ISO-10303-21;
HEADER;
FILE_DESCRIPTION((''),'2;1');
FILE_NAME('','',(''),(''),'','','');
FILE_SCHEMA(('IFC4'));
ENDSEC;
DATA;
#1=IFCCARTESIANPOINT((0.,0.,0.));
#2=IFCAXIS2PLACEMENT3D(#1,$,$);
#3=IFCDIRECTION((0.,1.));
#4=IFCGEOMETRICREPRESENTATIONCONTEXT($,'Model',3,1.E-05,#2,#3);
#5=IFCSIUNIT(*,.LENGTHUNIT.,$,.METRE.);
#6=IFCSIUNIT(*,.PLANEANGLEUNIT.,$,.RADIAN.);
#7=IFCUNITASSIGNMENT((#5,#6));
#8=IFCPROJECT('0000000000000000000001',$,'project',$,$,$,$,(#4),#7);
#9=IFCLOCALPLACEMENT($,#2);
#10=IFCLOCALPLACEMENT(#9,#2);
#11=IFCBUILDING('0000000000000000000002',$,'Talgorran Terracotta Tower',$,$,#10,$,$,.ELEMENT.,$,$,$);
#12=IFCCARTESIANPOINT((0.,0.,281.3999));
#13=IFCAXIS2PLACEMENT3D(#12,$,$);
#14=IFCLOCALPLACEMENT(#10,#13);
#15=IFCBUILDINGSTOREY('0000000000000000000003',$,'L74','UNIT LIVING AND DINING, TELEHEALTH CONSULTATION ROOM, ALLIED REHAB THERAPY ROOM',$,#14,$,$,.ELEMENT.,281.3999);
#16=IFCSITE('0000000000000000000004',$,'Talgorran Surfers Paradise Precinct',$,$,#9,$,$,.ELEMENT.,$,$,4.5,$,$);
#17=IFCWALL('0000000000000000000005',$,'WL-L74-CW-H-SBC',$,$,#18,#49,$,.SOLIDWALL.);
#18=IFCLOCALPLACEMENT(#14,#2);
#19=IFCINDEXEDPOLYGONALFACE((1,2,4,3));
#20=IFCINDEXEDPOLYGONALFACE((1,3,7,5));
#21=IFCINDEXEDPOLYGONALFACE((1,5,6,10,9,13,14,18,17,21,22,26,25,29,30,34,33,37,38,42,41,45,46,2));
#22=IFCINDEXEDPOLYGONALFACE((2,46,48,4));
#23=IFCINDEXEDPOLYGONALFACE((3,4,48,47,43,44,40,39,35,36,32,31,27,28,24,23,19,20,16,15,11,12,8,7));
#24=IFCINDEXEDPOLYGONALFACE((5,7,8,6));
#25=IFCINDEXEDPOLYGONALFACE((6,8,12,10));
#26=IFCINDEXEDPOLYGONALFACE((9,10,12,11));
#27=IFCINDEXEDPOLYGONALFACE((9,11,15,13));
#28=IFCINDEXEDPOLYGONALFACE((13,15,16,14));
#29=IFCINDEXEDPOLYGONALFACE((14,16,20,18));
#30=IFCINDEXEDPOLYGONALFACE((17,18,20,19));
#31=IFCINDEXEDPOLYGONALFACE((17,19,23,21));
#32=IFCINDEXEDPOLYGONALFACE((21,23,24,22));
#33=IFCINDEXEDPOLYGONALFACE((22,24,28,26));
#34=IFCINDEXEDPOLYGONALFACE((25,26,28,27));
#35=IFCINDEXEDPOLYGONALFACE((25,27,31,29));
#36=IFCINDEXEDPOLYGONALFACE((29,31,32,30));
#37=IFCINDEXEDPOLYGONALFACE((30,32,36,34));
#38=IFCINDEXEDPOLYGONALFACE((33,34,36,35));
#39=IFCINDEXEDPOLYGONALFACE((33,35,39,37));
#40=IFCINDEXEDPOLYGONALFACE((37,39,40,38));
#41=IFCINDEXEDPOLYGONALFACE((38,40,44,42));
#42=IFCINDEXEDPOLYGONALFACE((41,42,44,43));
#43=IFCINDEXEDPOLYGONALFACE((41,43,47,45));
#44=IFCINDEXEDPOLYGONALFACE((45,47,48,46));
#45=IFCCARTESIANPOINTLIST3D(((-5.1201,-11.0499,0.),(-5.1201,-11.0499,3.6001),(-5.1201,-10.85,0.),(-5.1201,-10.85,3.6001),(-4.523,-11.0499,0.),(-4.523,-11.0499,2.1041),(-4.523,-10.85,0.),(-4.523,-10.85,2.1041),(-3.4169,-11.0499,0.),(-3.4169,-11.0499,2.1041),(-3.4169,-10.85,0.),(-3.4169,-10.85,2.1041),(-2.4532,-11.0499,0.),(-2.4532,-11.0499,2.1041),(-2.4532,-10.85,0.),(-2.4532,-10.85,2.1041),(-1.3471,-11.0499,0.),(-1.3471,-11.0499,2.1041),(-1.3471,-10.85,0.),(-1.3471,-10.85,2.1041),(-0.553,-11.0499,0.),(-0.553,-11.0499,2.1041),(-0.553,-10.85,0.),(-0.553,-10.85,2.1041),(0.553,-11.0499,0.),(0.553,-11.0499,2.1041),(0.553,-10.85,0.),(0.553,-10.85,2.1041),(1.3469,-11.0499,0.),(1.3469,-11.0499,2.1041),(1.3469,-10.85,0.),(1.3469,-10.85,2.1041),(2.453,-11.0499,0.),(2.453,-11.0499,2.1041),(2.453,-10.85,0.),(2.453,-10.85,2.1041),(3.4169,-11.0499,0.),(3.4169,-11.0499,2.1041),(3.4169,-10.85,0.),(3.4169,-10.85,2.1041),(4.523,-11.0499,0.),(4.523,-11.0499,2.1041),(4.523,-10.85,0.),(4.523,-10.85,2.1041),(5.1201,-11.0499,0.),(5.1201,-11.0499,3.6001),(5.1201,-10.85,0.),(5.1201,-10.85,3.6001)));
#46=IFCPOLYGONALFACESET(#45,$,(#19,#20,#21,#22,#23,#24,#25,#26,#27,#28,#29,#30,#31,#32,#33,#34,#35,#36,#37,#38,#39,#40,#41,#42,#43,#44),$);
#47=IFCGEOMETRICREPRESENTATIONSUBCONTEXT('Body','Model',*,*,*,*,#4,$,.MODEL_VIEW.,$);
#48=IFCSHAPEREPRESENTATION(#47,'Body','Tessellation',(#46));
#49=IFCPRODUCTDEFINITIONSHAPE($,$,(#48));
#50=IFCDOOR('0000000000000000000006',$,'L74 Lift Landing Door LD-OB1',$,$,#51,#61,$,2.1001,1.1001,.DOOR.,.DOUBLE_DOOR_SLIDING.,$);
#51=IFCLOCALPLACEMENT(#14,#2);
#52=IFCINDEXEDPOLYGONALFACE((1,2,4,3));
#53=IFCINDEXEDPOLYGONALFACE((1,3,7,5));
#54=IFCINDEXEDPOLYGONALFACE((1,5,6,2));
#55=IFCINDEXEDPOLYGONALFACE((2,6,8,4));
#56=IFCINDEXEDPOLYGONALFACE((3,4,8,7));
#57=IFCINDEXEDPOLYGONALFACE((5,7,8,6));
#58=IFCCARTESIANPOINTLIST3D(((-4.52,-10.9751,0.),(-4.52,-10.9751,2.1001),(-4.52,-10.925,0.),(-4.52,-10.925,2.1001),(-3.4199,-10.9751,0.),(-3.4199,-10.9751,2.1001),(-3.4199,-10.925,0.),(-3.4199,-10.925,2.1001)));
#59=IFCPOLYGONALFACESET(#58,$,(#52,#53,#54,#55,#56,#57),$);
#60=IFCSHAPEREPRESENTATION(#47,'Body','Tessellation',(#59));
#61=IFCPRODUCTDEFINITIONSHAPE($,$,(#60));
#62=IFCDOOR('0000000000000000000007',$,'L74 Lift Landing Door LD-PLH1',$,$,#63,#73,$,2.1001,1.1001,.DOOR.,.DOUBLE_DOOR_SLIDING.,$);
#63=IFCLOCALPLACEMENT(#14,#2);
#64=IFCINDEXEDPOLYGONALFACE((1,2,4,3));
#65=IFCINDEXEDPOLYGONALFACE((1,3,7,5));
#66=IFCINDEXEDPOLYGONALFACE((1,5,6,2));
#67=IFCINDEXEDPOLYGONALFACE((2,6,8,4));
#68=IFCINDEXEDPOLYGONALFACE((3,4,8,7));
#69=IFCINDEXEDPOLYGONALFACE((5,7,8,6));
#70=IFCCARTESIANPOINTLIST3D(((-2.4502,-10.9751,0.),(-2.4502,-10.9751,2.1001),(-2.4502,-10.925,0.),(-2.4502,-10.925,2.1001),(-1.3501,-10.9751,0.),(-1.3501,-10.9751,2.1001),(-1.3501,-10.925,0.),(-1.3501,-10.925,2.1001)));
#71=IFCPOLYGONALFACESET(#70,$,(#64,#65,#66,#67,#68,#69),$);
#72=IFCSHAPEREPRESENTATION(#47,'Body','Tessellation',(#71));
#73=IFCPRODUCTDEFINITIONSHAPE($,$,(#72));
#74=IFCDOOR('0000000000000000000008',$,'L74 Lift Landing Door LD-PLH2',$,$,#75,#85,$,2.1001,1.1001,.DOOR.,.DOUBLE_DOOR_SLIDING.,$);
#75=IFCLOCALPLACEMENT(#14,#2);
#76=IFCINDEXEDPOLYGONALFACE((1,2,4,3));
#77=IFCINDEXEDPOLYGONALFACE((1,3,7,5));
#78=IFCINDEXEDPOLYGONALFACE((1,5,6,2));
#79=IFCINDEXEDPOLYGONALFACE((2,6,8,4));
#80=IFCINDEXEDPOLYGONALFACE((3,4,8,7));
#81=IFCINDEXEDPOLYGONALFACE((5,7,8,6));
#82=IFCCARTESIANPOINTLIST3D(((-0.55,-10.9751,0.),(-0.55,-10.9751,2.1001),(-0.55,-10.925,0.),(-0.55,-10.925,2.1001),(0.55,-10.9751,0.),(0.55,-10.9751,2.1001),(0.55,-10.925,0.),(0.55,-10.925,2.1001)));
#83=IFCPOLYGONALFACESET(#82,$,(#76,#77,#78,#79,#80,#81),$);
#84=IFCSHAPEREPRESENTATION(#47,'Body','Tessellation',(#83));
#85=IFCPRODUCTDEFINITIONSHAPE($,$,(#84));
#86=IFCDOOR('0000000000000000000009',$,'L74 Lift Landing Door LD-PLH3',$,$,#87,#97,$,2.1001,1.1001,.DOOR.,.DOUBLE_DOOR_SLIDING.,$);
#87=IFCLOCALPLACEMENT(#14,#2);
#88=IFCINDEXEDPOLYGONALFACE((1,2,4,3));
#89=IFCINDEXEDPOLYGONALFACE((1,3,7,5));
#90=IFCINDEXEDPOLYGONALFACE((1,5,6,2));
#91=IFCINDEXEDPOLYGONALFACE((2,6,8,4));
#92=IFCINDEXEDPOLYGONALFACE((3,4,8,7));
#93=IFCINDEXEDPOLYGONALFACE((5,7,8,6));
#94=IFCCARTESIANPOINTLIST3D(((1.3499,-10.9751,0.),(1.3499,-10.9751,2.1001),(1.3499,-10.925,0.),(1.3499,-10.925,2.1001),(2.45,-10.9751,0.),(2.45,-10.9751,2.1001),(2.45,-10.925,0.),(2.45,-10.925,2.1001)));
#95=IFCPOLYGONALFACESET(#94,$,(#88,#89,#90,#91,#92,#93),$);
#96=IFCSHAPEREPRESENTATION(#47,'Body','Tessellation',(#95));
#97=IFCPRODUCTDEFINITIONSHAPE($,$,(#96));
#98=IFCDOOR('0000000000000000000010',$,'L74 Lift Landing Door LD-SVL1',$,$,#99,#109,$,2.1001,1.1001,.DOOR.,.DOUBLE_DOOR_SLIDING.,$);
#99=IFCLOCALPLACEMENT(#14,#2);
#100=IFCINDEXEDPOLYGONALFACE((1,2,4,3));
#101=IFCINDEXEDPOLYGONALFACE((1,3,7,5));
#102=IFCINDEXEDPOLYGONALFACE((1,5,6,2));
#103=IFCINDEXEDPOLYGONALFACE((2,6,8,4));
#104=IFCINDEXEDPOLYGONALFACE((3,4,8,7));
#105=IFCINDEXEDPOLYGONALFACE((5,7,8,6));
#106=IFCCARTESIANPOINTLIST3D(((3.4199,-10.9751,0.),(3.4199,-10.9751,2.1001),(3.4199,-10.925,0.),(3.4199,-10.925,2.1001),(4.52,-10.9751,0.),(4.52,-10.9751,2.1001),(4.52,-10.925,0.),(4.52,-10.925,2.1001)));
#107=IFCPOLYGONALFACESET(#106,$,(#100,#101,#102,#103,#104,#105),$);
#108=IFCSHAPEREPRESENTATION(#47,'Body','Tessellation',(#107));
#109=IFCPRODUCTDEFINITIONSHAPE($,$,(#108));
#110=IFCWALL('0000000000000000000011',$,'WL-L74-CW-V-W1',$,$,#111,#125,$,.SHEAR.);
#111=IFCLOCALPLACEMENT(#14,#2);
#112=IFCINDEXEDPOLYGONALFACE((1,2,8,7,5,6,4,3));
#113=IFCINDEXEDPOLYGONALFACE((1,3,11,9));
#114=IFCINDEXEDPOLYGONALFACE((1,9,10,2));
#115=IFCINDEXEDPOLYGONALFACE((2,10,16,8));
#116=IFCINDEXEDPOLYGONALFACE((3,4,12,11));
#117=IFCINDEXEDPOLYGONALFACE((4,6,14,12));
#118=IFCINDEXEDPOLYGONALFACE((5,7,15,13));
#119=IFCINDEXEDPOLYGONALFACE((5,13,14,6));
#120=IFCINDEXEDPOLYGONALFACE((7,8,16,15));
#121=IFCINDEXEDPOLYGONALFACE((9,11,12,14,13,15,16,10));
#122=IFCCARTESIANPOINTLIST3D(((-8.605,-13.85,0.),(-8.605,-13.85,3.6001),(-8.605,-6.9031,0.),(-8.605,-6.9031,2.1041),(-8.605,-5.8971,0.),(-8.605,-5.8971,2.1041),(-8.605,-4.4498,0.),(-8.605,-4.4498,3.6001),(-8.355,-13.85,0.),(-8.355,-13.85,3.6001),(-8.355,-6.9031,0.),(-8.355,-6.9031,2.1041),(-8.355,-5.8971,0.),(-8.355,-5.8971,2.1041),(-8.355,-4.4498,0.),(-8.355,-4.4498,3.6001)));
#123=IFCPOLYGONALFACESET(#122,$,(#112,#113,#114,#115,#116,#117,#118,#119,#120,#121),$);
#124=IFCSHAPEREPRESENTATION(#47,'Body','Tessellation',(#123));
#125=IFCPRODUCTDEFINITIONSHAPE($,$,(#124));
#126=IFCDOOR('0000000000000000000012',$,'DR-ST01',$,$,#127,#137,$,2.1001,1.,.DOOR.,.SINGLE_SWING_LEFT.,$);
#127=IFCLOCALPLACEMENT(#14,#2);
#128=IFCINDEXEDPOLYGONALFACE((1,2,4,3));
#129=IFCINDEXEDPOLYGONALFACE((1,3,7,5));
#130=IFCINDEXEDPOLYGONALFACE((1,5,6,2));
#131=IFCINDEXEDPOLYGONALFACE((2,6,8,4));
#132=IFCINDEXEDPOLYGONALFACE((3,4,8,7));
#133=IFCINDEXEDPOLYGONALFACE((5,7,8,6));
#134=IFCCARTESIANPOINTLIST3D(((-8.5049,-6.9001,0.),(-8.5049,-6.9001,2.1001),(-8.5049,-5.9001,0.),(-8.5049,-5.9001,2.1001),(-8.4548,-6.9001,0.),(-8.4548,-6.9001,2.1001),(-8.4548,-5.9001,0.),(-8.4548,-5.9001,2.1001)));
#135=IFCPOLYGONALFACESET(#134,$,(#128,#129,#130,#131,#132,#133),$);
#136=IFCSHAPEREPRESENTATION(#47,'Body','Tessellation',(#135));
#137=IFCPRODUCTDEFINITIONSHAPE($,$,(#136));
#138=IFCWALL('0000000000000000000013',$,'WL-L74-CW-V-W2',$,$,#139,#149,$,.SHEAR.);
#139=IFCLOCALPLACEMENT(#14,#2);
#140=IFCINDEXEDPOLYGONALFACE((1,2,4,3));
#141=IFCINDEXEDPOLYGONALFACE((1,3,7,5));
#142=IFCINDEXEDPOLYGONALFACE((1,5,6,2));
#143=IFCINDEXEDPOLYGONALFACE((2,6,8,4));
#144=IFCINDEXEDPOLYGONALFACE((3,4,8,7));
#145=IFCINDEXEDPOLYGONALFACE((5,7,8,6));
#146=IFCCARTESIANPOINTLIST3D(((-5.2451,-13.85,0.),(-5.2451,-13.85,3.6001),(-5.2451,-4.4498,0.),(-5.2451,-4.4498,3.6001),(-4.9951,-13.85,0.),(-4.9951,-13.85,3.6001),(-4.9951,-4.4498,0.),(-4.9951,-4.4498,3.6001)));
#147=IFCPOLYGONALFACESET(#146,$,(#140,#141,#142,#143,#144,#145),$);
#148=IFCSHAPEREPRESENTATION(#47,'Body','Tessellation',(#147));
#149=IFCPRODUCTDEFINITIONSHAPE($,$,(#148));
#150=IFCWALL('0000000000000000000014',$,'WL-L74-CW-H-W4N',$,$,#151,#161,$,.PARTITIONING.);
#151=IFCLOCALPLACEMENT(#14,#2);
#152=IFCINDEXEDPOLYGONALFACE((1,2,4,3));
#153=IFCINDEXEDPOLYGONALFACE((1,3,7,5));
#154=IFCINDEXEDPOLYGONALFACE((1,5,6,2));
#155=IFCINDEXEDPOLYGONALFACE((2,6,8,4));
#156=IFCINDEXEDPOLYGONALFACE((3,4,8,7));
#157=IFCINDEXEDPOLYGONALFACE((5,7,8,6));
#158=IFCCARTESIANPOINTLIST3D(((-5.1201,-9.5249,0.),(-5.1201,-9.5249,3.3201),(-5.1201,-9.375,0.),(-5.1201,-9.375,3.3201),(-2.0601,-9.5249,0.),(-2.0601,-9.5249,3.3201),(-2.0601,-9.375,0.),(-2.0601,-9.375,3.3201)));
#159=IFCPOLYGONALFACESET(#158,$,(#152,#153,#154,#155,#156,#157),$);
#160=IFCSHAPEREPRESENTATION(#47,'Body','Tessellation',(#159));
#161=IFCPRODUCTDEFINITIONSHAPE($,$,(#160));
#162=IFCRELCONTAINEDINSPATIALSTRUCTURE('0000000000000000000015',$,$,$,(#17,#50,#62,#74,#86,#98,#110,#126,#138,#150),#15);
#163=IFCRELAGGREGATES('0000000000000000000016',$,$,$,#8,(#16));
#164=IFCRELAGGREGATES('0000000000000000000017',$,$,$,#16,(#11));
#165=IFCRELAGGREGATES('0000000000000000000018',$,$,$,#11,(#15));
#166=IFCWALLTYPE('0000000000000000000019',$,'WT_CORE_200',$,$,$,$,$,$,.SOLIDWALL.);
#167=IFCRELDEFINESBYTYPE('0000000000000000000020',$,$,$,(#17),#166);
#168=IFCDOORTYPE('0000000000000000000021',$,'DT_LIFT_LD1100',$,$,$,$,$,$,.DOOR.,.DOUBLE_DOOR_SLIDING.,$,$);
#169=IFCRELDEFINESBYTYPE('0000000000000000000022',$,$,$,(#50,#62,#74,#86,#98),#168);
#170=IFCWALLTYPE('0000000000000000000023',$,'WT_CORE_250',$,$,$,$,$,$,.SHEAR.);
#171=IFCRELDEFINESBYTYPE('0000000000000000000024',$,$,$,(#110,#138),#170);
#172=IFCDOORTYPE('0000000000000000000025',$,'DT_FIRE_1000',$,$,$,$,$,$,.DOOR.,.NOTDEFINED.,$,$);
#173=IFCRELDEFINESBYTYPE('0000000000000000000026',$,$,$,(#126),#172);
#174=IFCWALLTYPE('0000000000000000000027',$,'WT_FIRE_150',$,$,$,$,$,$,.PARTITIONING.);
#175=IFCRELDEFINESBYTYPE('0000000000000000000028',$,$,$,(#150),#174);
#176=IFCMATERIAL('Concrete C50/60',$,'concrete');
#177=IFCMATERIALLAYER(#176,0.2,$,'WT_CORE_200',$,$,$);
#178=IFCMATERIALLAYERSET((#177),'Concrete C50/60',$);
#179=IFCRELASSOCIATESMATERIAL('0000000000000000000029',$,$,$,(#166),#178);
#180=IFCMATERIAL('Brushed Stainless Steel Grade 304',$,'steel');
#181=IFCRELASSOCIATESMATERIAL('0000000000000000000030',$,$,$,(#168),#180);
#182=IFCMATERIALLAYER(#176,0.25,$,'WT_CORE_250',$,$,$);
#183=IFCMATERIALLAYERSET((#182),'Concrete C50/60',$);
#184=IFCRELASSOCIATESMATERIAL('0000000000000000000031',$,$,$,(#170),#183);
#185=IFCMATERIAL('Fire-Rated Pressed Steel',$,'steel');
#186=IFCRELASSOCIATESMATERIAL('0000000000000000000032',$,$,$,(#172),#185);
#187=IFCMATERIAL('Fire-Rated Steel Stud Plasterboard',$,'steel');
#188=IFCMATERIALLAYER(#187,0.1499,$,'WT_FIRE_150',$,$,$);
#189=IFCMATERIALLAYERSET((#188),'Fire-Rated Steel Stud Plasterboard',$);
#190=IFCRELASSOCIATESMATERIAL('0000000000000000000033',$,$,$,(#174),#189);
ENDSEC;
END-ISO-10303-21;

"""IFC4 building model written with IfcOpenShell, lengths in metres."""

from ifc_helpers import new_model, si_unit, direction, frame, frame_2d, origin, place, context, subcontext, project, spatial, rectangle, extrude, material, layer, layer_set, type_object, element, fill, save


model = new_model("IFC4")

# Units and contexts
model_context = context("Model", 3, precision=1e-05, world=origin(), true_north=direction((0.0, 1.0)))
body_context = subcontext(model_context, "Body", "Model", "MODEL_VIEW")
ifc_project = project(units=[si_unit("LENGTHUNIT", "METRE"), si_unit("PLANEANGLEUNIT", "RADIAN")], contexts=[model_context])

# Site, building, storey
site_placement = place(None, origin())
site = spatial("IfcSite", under=ifc_project, at=site_placement, Name="Talgorran Surfers Paradise Precinct", CompositionType="ELEMENT", RefElevation=4.5)
building_placement = place(site_placement, origin())
building = spatial("IfcBuilding", under=site, at=building_placement, Name="Talgorran Terracotta Tower", CompositionType="ELEMENT")
storey_placement = place(building_placement, frame((0.0, 0.0, 281.3999)))
storey = spatial("IfcBuildingStorey", under=building, at=storey_placement, Name="L74", Description="UNIT LIVING AND DINING, TELEHEALTH CONSULTATION ROOM, ALLIED REHAB THERAPY ROOM", CompositionType="ELEMENT", Elevation=281.3999)

# Shared definitions
ifc_material_1 = material(Name="Concrete C50/60", Category="concrete")

# Wall, openings, doors
ifc_layer_1 = layer(ifc_material_1, 0.2, Name="WT_CORE_200")
ifc_layer_set_1 = layer_set([ifc_layer_1], Name="Concrete C50/60")
wall_type_1 = type_object("IfcWallType", Name="WT_CORE_200", PredefinedType="SOLIDWALL", material=ifc_layer_set_1)
ifc_material_2 = material(Name="Brushed Stainless Steel Grade 304", Category="steel")
door_type_1 = type_object("IfcDoorType", Name="DT_LIFT_LD1100", OperationType="DOUBLE_DOOR_SLIDING", PredefinedType="DOOR", material=ifc_material_2)
ifc_material_3 = material(Name="Fire-Rated Pressed Steel", Category="steel")
wall_1_placement = place(storey_placement, frame((-5.1201, -10.95, 0.0), z_axis=(0.0, 0.0, 1.0), x_axis=(1.0, 0.0, 0.0)))
wall_1 = element("IfcWall", 1, at=wall_1_placement, inside=storey, type_object=wall_type_1, Name="WL-L74-CW-H-SBC", PredefinedType="SOLIDWALL", context=body_context, shape_type="SweptSolid", body=[
    extrude(rectangle(XDim=10.2402, YDim=0.2, at=frame_2d((5.1201, 0.0))), origin(), (0.0, 0.0, 1.0), 3.6001),
])
opening_1_placement = place(wall_1_placement, frame((0.6001, 0.0, 0.0)))
opening_1 = element("IfcOpeningElement", 2, at=opening_1_placement, cuts=wall_1, PredefinedType="OPENING", context=body_context, shape_type="SweptSolid", body=[
    extrude(rectangle(XDim=1.1061, YDim=2.1041, at=frame_2d((0.55, 1.052))), frame((0.0, 0.1099, 0.0), z_axis=(0.0, -1.0, 0.0), x_axis=(1.0, 0.0, 0.0)), (0.0, 0.0, 1.0), 0.22),
])
opening_2_placement = place(wall_1_placement, frame((2.6699, 0.0, 0.0)))
opening_2 = element("IfcOpeningElement", 3, at=opening_2_placement, cuts=wall_1, PredefinedType="OPENING", context=body_context, shape_type="SweptSolid", body=[
    extrude(rectangle(XDim=1.1061, YDim=2.1041, at=frame_2d((0.55, 1.052))), frame((0.0, 0.1099, 0.0), z_axis=(0.0, -1.0, 0.0), x_axis=(1.0, 0.0, 0.0)), (0.0, 0.0, 1.0), 0.22),
])
opening_3_placement = place(wall_1_placement, frame((4.5701, 0.0, 0.0)))
opening_3 = element("IfcOpeningElement", 4, at=opening_3_placement, cuts=wall_1, PredefinedType="OPENING", context=body_context, shape_type="SweptSolid", body=[
    extrude(rectangle(XDim=1.1061, YDim=2.1041, at=frame_2d((0.55, 1.052))), frame((0.0, 0.1099, 0.0), z_axis=(0.0, -1.0, 0.0), x_axis=(1.0, 0.0, 0.0)), (0.0, 0.0, 1.0), 0.22),
])
opening_4_placement = place(wall_1_placement, frame((6.47, 0.0, 0.0)))
opening_4 = element("IfcOpeningElement", 5, at=opening_4_placement, cuts=wall_1, PredefinedType="OPENING", context=body_context, shape_type="SweptSolid", body=[
    extrude(rectangle(XDim=1.1061, YDim=2.1041, at=frame_2d((0.55, 1.052))), frame((0.0, 0.1099, 0.0), z_axis=(0.0, -1.0, 0.0), x_axis=(1.0, 0.0, 0.0)), (0.0, 0.0, 1.0), 0.22),
])
opening_5_placement = place(wall_1_placement, frame((8.54, 0.0, 0.0)))
opening_5 = element("IfcOpeningElement", 6, at=opening_5_placement, cuts=wall_1, PredefinedType="OPENING", context=body_context, shape_type="SweptSolid", body=[
    extrude(rectangle(XDim=1.1061, YDim=2.1041, at=frame_2d((0.55, 1.052))), frame((0.0, 0.1099, 0.0), z_axis=(0.0, -1.0, 0.0), x_axis=(1.0, 0.0, 0.0)), (0.0, 0.0, 1.0), 0.22),
])
door_1_placement = place(opening_1_placement, origin())
door_1 = element("IfcDoor", 7, at=door_1_placement, inside=storey, type_object=door_type_1, Name="L74 Lift Landing Door LD-OB1", OperationType="DOUBLE_DOOR_SLIDING", OverallHeight=2.1001, OverallWidth=1.1001, PredefinedType="DOOR", context=body_context, shape_type="SweptSolid", body=[
    extrude(rectangle(XDim=1.1001, YDim=2.1001, at=frame_2d((0.55, 1.05))), frame((0.0, 0.0249, 0.0), z_axis=(0.0, -1.0, 0.0), x_axis=(1.0, 0.0, 0.0)), (0.0, 0.0, 1.0), 0.05),
])
fill(opening_1, door_1)
door_2_placement = place(opening_2_placement, origin())
door_2 = element("IfcDoor", 8, at=door_2_placement, inside=storey, type_object=door_type_1, Name="L74 Lift Landing Door LD-PLH1", OperationType="DOUBLE_DOOR_SLIDING", OverallHeight=2.1001, OverallWidth=1.1001, PredefinedType="DOOR", context=body_context, shape_type="SweptSolid", body=[
    extrude(rectangle(XDim=1.1001, YDim=2.1001, at=frame_2d((0.55, 1.05))), frame((0.0, 0.0249, 0.0), z_axis=(0.0, -1.0, 0.0), x_axis=(1.0, 0.0, 0.0)), (0.0, 0.0, 1.0), 0.05),
])
fill(opening_2, door_2)
door_3_placement = place(opening_3_placement, origin())
door_3 = element("IfcDoor", 9, at=door_3_placement, inside=storey, type_object=door_type_1, Name="L74 Lift Landing Door LD-PLH2", OperationType="DOUBLE_DOOR_SLIDING", OverallHeight=2.1001, OverallWidth=1.1001, PredefinedType="DOOR", context=body_context, shape_type="SweptSolid", body=[
    extrude(rectangle(XDim=1.1001, YDim=2.1001, at=frame_2d((0.55, 1.05))), frame((0.0, 0.0249, 0.0), z_axis=(0.0, -1.0, 0.0), x_axis=(1.0, 0.0, 0.0)), (0.0, 0.0, 1.0), 0.05),
])
fill(opening_3, door_3)
door_4_placement = place(opening_4_placement, origin())
door_4 = element("IfcDoor", 10, at=door_4_placement, inside=storey, type_object=door_type_1, Name="L74 Lift Landing Door LD-PLH3", OperationType="DOUBLE_DOOR_SLIDING", OverallHeight=2.1001, OverallWidth=1.1001, PredefinedType="DOOR", context=body_context, shape_type="SweptSolid", body=[
    extrude(rectangle(XDim=1.1001, YDim=2.1001, at=frame_2d((0.55, 1.05))), frame((0.0, 0.0249, 0.0), z_axis=(0.0, -1.0, 0.0), x_axis=(1.0, 0.0, 0.0)), (0.0, 0.0, 1.0), 0.05),
])
fill(opening_4, door_4)
door_5_placement = place(opening_5_placement, origin())
door_5 = element("IfcDoor", 11, at=door_5_placement, inside=storey, type_object=door_type_1, Name="L74 Lift Landing Door LD-SVL1", OperationType="DOUBLE_DOOR_SLIDING", OverallHeight=2.1001, OverallWidth=1.1001, PredefinedType="DOOR", context=body_context, shape_type="SweptSolid", body=[
    extrude(rectangle(XDim=1.1001, YDim=2.1001, at=frame_2d((0.55, 1.05))), frame((0.0, 0.0249, 0.0), z_axis=(0.0, -1.0, 0.0), x_axis=(1.0, 0.0, 0.0)), (0.0, 0.0, 1.0), 0.05),
])
fill(opening_5, door_5)

# Wall, opening, door
ifc_layer_2 = layer(ifc_material_1, 0.25, Name="WT_CORE_250")
ifc_layer_set_2 = layer_set([ifc_layer_2], Name="Concrete C50/60")
wall_type_2 = type_object("IfcWallType", Name="WT_CORE_250", PredefinedType="SHEAR", material=ifc_layer_set_2)
wall_2_placement = place(storey_placement, frame((-8.48, -13.8501, 0.0), z_axis=(0.0, 0.0, 1.0), x_axis=(0.0, 1.0, 0.0)))
wall_2 = element("IfcWall", 12, at=wall_2_placement, inside=storey, type_object=wall_type_2, Name="WL-L74-CW-V-W1", PredefinedType="SHEAR", context=body_context, shape_type="SweptSolid", body=[
    extrude(rectangle(XDim=9.4001, YDim=0.25, at=frame_2d((4.7002, 0.0))), origin(), (0.0, 0.0, 1.0), 3.6001),
])
opening_6_placement = place(wall_2_placement, frame((6.95, 0.0, 0.0)))
opening_6 = element("IfcOpeningElement", 13, at=opening_6_placement, cuts=wall_2, PredefinedType="OPENING", context=body_context, shape_type="SweptSolid", body=[
    extrude(rectangle(XDim=1.006, YDim=2.1041, at=frame_2d((0.5, 1.052))), frame((0.0, 0.135, 0.0), z_axis=(0.0, -1.0, 0.0), x_axis=(1.0, 0.0, 0.0)), (0.0, 0.0, 1.0), 0.27),
])
door_type_2 = type_object("IfcDoorType", Name="DT_FIRE_1000", OperationType="NOTDEFINED", PredefinedType="DOOR", material=ifc_material_3)
door_6_placement = place(opening_6_placement, origin())
door_6 = element("IfcDoor", 14, at=door_6_placement, inside=storey, type_object=door_type_2, Name="DR-ST01", OperationType="SINGLE_SWING_LEFT", OverallHeight=2.1001, OverallWidth=1.0, PredefinedType="DOOR", context=body_context, shape_type="SweptSolid", body=[
    extrude(rectangle(XDim=1.0, YDim=2.1001, at=frame_2d((0.5, 1.05))), frame((0.0, 0.0249, 0.0), z_axis=(0.0, -1.0, 0.0), x_axis=(1.0, 0.0, 0.0)), (0.0, 0.0, 1.0), 0.05),
])
fill(opening_6, door_6)

# Walls
wall_3_placement = place(storey_placement, frame((-5.1201, -13.8501, 0.0), z_axis=(0.0, 0.0, 1.0), x_axis=(0.0, 1.0, 0.0)))
element("IfcWall", 15, at=wall_3_placement, inside=storey, type_object=wall_type_2, Name="WL-L74-CW-V-W2", PredefinedType="SHEAR", context=body_context, shape_type="SweptSolid", body=[
    extrude(rectangle(XDim=9.4001, YDim=0.25, at=frame_2d((4.7002, 0.0))), origin(), (0.0, 0.0, 1.0), 3.6001),
])
ifc_material_4 = material(Name="Fire-Rated Steel Stud Plasterboard", Category="steel")
ifc_layer_3 = layer(ifc_material_4, 0.1499, Name="WT_FIRE_150")
ifc_layer_set_3 = layer_set([ifc_layer_3], Name="Fire-Rated Steel Stud Plasterboard")
wall_type_3 = type_object("IfcWallType", Name="WT_FIRE_150", PredefinedType="PARTITIONING", material=ifc_layer_set_3)
wall_4_placement = place(storey_placement, frame((-5.1201, -9.45, 0.0), z_axis=(0.0, 0.0, 1.0), x_axis=(1.0, 0.0, 0.0)))
element("IfcWall", 16, at=wall_4_placement, inside=storey, type_object=wall_type_3, Name="WL-L74-CW-H-W4N", PredefinedType="PARTITIONING", context=body_context, shape_type="SweptSolid", body=[
    extrude(rectangle(XDim=3.0601, YDim=0.1499, at=frame_2d((1.53, 0.0))), origin(), (0.0, 0.0, 1.0), 3.3201),
])

save(model, "model.ifc")
